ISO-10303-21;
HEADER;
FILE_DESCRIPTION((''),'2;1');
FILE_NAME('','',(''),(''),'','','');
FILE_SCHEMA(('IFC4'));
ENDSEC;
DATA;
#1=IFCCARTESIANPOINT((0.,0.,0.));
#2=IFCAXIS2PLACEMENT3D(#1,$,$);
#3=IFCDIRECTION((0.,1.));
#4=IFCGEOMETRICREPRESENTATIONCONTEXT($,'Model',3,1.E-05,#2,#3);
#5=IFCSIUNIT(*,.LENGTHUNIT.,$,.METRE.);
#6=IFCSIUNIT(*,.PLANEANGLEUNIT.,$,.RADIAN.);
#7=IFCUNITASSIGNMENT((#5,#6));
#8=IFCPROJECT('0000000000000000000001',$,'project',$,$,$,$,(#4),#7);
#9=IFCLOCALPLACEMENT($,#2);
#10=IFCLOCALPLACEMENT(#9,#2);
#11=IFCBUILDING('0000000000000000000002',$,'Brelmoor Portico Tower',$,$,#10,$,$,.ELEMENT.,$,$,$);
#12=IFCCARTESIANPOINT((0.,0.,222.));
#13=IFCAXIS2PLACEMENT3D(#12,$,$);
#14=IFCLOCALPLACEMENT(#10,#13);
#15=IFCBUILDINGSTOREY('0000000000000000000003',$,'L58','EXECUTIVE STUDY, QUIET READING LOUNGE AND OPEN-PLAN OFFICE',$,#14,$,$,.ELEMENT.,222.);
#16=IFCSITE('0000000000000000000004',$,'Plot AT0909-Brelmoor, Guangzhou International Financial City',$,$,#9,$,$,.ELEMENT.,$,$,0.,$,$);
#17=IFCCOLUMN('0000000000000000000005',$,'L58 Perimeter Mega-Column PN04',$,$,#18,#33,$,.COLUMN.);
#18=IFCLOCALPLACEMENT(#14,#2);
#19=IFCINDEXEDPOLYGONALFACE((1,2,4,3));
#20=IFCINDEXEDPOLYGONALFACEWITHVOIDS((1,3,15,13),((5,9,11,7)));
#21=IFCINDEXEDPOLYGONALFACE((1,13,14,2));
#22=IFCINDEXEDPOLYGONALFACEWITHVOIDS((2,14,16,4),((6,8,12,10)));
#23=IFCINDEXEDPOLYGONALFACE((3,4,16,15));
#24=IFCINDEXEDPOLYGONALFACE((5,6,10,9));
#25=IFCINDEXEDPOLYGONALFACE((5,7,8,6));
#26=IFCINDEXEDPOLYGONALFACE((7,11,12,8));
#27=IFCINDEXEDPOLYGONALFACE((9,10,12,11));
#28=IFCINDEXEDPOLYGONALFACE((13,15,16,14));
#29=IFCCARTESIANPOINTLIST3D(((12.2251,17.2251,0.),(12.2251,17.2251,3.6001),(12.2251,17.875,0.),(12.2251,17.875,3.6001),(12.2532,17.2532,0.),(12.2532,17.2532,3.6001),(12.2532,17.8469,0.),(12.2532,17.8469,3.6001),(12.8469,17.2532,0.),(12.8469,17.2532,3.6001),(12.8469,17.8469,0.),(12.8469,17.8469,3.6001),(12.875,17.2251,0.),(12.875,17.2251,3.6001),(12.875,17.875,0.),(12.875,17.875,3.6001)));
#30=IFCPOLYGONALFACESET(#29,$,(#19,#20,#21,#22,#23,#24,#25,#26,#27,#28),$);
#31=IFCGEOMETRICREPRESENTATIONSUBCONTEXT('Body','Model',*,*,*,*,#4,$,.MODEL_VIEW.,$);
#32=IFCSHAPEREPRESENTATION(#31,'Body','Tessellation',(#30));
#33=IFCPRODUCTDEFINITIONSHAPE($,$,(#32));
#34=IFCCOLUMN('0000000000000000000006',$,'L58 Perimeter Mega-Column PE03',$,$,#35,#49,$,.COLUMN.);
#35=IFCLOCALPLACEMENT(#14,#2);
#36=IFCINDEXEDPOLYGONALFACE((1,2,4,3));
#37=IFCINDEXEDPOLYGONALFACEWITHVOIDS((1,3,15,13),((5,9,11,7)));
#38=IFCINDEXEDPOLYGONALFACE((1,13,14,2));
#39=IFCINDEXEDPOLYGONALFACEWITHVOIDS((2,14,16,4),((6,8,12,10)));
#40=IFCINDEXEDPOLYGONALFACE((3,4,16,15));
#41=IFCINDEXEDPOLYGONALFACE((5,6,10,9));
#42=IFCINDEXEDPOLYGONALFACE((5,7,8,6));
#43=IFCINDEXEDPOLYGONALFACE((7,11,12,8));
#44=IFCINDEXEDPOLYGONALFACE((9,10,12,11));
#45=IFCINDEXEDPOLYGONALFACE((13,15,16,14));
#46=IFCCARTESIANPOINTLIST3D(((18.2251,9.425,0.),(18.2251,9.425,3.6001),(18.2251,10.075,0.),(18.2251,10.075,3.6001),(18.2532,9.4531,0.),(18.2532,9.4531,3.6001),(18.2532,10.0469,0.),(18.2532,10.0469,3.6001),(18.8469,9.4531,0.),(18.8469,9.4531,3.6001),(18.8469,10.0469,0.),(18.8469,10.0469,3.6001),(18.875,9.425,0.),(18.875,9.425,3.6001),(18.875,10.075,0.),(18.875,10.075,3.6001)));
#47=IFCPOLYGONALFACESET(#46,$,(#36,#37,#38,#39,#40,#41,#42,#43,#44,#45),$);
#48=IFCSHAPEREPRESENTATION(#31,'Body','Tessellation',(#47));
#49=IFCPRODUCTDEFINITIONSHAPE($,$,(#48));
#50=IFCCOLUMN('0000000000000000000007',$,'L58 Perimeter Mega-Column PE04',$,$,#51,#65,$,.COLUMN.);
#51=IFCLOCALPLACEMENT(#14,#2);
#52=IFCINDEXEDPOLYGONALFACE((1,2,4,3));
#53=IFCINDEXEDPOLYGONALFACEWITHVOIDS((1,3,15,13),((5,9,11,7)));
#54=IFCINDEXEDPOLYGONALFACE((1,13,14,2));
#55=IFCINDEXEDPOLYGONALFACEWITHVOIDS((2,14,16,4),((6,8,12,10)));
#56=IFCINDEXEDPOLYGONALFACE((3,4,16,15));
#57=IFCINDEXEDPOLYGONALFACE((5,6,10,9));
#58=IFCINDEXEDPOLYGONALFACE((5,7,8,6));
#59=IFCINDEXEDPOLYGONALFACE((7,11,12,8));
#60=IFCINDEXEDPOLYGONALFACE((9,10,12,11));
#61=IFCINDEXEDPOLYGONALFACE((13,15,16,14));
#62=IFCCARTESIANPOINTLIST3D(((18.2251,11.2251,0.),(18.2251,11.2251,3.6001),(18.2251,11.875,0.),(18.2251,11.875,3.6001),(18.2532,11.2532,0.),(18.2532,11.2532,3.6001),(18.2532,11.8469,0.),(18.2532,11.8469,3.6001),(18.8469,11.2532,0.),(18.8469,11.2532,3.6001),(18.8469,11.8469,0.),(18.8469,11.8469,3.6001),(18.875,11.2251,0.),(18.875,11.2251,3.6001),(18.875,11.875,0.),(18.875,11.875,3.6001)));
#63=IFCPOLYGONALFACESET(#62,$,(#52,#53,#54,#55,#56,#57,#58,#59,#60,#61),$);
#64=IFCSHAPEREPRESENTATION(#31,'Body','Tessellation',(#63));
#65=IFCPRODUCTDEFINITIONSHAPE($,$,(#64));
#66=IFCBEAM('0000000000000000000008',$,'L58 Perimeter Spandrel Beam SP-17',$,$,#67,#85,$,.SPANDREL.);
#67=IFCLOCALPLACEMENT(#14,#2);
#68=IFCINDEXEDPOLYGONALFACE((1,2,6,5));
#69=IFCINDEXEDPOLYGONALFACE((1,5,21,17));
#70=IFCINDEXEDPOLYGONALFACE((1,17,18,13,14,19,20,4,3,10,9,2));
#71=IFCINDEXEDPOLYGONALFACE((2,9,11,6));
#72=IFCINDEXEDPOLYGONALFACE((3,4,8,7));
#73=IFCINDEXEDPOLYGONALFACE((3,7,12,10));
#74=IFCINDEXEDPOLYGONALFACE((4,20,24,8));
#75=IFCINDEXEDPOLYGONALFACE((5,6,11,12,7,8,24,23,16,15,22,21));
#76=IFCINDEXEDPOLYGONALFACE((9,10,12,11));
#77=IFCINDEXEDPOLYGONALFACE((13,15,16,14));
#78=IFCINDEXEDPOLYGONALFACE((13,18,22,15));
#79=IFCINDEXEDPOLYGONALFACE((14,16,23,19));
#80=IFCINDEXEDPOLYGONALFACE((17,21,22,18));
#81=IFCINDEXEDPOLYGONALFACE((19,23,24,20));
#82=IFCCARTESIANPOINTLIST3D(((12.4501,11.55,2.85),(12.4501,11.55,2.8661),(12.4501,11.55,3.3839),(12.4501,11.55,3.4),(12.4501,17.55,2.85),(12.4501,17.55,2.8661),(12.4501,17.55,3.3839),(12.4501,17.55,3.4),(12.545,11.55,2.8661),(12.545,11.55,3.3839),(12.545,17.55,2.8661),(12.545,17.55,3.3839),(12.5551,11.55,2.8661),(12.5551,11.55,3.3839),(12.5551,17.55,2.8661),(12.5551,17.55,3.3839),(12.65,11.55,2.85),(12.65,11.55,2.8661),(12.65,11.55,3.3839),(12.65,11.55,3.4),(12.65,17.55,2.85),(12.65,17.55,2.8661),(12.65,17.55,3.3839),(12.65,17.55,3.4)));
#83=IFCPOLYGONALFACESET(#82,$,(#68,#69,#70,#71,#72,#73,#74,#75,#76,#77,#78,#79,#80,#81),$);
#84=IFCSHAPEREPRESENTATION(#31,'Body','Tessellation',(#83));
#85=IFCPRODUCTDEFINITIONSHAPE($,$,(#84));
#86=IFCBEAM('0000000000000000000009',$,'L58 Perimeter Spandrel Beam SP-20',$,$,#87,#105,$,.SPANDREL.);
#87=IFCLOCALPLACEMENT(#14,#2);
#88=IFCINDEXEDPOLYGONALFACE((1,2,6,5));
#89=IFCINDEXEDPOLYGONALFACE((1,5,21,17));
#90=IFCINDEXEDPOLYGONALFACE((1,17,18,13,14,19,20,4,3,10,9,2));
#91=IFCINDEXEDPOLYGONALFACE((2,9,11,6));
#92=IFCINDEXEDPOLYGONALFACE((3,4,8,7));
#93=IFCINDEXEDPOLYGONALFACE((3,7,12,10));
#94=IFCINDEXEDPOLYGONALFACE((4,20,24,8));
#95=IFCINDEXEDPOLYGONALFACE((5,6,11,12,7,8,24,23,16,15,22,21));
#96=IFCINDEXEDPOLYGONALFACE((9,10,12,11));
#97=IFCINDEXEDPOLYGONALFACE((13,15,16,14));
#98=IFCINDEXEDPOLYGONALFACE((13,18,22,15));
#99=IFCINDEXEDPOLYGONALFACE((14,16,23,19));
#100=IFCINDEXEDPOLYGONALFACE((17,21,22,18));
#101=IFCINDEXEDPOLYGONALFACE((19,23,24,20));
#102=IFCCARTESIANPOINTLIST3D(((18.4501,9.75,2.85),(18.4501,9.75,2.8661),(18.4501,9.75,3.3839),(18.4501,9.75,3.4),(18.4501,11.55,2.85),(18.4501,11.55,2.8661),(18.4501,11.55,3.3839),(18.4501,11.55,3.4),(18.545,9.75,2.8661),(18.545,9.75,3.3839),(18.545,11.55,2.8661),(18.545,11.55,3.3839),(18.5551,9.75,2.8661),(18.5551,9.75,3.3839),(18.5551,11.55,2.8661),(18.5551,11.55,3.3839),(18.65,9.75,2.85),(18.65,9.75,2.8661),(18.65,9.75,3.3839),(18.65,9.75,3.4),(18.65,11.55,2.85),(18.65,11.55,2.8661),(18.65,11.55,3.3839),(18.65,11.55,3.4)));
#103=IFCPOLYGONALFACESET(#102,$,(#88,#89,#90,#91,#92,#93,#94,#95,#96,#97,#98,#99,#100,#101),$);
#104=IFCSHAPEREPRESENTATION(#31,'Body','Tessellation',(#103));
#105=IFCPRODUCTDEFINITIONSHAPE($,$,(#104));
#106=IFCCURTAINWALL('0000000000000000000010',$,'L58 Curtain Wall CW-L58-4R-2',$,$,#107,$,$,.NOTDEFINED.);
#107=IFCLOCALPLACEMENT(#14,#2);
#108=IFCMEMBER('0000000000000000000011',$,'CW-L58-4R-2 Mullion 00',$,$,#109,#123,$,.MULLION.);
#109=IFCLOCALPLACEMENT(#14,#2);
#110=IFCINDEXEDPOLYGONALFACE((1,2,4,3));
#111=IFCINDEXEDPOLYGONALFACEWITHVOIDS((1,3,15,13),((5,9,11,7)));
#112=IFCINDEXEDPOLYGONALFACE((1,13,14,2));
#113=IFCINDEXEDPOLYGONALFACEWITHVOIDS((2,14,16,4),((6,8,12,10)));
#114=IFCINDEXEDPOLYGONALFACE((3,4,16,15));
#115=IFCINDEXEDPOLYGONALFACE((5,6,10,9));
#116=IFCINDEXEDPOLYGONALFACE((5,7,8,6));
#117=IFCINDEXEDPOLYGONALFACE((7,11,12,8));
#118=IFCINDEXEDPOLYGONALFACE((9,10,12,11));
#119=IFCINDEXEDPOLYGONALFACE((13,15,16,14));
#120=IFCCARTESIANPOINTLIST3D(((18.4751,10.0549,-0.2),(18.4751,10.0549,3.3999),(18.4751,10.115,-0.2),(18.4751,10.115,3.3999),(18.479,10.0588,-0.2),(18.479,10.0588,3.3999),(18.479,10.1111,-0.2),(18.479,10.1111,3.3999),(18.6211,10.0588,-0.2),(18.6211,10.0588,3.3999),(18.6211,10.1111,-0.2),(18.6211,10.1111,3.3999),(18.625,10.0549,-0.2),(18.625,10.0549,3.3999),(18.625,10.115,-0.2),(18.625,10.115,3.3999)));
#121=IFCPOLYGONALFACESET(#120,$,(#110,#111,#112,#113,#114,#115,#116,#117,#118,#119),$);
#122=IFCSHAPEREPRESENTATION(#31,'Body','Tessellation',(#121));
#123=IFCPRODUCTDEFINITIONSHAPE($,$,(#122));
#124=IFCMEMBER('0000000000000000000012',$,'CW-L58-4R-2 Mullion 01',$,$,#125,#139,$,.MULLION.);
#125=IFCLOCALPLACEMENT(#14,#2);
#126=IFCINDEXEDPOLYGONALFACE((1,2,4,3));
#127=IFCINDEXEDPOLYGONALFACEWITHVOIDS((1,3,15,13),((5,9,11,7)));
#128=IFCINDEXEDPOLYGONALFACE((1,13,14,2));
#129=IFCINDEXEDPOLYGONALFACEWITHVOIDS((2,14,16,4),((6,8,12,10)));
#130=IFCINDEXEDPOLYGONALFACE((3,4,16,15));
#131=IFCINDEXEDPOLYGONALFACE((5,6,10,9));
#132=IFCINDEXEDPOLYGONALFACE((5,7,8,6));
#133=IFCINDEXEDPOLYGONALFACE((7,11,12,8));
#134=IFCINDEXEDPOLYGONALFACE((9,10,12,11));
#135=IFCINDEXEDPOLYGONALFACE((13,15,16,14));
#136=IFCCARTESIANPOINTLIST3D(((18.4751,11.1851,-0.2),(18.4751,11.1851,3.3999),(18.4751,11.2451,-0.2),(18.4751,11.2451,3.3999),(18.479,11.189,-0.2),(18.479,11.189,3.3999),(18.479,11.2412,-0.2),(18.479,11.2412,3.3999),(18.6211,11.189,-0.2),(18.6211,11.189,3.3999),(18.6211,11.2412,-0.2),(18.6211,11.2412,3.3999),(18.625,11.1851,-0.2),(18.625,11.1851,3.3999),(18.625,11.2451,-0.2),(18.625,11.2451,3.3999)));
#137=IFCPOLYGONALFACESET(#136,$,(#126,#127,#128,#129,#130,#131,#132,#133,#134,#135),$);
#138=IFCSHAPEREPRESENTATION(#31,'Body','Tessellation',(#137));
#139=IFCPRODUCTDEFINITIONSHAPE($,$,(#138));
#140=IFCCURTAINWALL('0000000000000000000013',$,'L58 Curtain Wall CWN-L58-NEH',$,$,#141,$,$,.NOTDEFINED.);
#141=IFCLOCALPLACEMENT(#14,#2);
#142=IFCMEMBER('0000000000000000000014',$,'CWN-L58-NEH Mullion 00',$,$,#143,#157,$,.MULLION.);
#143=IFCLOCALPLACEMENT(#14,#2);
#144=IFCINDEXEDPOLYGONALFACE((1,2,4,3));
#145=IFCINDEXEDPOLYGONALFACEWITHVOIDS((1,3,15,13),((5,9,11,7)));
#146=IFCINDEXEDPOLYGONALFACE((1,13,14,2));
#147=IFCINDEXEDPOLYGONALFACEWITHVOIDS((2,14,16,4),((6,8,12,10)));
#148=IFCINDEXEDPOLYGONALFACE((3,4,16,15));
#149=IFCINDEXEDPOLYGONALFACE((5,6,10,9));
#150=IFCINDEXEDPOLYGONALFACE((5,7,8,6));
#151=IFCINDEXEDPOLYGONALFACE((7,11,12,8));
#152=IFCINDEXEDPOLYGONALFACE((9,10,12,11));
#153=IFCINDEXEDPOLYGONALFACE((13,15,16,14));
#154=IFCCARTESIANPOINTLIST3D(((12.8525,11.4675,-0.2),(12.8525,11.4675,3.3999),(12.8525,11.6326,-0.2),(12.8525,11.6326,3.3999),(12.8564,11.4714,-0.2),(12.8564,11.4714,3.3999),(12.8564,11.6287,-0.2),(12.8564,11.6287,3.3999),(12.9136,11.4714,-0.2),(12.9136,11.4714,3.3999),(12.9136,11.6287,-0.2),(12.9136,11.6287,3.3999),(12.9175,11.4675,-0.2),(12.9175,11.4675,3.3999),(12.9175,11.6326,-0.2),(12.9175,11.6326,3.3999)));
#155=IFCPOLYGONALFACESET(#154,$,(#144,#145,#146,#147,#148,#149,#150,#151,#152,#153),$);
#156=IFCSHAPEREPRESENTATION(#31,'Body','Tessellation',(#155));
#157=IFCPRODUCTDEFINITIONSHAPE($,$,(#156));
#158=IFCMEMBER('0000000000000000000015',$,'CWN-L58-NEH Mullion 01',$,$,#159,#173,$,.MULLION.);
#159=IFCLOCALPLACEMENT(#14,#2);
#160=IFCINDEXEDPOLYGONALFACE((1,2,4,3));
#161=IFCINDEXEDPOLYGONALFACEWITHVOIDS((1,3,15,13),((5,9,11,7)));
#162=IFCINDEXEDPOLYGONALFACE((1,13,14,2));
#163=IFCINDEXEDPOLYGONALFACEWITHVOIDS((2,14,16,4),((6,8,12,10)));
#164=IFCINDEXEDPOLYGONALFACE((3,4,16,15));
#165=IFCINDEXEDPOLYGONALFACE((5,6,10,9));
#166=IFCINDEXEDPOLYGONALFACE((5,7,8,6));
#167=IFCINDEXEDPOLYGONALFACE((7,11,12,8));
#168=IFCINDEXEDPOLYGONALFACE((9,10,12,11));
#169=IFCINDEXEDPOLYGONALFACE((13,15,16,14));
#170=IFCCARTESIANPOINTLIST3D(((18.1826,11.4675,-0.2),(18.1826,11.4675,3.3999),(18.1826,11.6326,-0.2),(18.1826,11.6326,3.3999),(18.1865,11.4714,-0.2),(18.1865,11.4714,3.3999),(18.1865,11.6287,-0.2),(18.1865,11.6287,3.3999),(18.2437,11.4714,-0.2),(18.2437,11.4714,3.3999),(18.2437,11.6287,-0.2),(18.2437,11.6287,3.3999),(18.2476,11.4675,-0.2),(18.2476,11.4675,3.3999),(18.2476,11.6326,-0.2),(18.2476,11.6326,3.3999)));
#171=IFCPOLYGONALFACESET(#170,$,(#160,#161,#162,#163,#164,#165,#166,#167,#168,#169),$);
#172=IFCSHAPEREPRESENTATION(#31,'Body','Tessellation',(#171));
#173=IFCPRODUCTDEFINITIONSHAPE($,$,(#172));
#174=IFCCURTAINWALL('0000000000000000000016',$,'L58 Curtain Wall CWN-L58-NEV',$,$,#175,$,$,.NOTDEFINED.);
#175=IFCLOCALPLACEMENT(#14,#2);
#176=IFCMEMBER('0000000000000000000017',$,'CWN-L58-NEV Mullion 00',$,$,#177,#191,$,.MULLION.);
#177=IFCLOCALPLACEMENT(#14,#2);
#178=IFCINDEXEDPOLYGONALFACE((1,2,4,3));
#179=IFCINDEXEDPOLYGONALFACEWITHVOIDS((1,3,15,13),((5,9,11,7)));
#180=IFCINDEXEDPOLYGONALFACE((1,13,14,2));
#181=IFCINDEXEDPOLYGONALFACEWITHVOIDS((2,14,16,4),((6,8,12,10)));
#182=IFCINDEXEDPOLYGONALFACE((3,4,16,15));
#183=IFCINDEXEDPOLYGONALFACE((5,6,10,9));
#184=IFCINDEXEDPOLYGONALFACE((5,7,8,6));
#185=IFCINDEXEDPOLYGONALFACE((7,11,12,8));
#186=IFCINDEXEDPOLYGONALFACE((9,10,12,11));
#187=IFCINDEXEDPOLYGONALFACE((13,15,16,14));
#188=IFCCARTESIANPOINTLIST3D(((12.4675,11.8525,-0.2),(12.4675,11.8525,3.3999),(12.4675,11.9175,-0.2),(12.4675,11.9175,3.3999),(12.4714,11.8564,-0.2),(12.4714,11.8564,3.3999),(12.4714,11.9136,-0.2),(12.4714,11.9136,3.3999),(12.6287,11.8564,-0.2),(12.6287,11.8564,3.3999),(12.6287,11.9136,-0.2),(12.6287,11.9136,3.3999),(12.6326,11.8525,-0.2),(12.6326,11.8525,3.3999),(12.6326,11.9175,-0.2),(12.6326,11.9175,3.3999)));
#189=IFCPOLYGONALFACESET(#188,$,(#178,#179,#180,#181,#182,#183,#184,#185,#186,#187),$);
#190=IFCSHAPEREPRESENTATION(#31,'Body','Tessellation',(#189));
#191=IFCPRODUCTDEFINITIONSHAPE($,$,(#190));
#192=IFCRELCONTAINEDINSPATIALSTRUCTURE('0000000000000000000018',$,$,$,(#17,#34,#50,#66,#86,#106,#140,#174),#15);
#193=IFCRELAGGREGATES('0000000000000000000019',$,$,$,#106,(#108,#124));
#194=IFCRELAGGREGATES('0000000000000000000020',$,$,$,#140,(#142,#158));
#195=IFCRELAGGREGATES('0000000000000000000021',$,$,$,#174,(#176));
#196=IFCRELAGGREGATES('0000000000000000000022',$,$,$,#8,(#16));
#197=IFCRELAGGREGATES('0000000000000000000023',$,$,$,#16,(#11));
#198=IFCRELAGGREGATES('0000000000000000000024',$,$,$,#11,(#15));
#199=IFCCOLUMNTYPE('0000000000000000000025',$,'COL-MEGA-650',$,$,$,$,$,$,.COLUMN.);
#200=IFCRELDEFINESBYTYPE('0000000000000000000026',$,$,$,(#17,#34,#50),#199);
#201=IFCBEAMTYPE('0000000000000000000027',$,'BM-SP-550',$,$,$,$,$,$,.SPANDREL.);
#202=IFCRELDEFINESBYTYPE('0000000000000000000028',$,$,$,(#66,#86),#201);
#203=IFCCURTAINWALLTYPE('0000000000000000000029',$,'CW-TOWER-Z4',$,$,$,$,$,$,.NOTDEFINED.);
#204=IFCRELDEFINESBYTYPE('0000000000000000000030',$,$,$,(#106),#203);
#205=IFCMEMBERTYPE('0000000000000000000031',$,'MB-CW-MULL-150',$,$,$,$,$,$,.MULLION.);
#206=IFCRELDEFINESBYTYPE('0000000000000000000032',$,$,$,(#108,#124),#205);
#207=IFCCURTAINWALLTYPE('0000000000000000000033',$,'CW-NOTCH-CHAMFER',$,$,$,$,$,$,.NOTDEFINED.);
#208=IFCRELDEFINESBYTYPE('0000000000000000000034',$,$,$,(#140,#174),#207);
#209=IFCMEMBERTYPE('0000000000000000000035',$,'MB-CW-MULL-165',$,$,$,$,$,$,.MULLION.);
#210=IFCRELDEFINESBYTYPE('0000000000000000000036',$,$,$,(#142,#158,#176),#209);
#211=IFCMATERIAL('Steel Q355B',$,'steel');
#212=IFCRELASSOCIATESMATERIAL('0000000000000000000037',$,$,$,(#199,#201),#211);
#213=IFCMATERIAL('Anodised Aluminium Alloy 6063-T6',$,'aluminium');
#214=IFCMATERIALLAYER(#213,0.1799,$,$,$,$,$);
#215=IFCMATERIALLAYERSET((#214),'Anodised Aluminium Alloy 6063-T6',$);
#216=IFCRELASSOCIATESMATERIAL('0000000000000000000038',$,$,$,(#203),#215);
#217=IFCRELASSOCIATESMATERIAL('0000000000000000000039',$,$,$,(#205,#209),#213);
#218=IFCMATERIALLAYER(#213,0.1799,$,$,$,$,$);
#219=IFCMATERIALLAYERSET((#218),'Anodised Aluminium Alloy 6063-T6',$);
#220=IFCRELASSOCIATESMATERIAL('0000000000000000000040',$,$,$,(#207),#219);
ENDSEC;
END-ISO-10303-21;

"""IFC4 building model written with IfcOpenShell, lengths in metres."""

from ifc_helpers import new_model, si_unit, direction, frame, origin, origin_2d, place, context, subcontext, project, spatial, hollow_rectangle, i_section, extrude, material, layer, layer_set, material_profile, profile_set, type_object, element, aggregate, save


model = new_model("IFC4")

# Units and contexts
model_context = context("Model", 3, precision=1e-05, world=origin(), true_north=direction((0.0, 1.0)))
body_context = subcontext(model_context, "Body", "Model", "MODEL_VIEW")
ifc_project = project(units=[si_unit("LENGTHUNIT", "METRE"), si_unit("PLANEANGLEUNIT", "RADIAN")], contexts=[model_context])

# Site, building, storey
site_placement = place(None, origin())
site = spatial("IfcSite", under=ifc_project, at=site_placement, Name="Plot AT0909-Brelmoor, Guangzhou International Financial City", CompositionType="ELEMENT", RefElevation=0.0)
building_placement = place(site_placement, origin())
building = spatial("IfcBuilding", under=site, at=building_placement, Name="Brelmoor Portico Tower", CompositionType="ELEMENT")
storey_placement = place(building_placement, frame((0.0, 0.0, 222.0)))
storey = spatial("IfcBuildingStorey", under=building, at=storey_placement, Name="L58", Description="EXECUTIVE STUDY, QUIET READING LOUNGE AND OPEN-PLAN OFFICE", CompositionType="ELEMENT", Elevation=222.0)

# Columns
ifc_material_1 = material(Name="Steel Q355B", Category="steel")
ifc_material_profile_1 = material_profile(ifc_material_1, hollow_rectangle(XDim=0.6499, YDim=0.6499, WallThickness=0.0281, at=origin_2d()), Name="BOX 650x650x28")
ifc_profile_set_1 = profile_set([ifc_material_profile_1], Name="Steel Q355B")
column_type = type_object("IfcColumnType", Name="COL-MEGA-650", PredefinedType="COLUMN", material=ifc_profile_set_1)
for number, where, z_axis, x_axis, name in (
    (1, (12.55, 17.55, 0.0), (0.0, 0.0, 1.0), (1.0, 0.0, 0.0), "L58 Perimeter Mega-Column PN04"),
    (2, (18.55, 9.75, 0.0), (0.0, 0.0, 1.0), (0.0, 1.0, 0.0), "L58 Perimeter Mega-Column PE03"),
    (3, (18.55, 11.55, 0.0), (0.0, 0.0, 1.0), (0.0, 1.0, 0.0), "L58 Perimeter Mega-Column PE04"),
):
    element("IfcColumn", number, at=place(storey_placement, frame(where, z_axis=z_axis, x_axis=x_axis)), inside=storey, type_object=column_type, Name=name, PredefinedType="COLUMN", context=body_context, shape_type="SweptSolid", body=[
        extrude(hollow_rectangle(XDim=0.6499, YDim=0.6499, WallThickness=0.0281, at=origin_2d()), origin(), (0.0, 0.0, 1.0), 3.6001),
    ])

# Beams
ifc_material_profile_2 = material_profile(ifc_material_1, i_section(OverallWidth=0.2, OverallDepth=0.55, WebThickness=0.01, FlangeThickness=0.0161, at=origin_2d()), Name="HN 550x200x10x16")
ifc_profile_set_2 = profile_set([ifc_material_profile_2], Name="Steel Q355B")
beam_type = type_object("IfcBeamType", Name="BM-SP-550", PredefinedType="SPANDREL", material=ifc_profile_set_2)
beam_1_placement = place(storey_placement, frame((12.55, 11.55, 3.125), z_axis=(0.0, 1.0, 0.0), x_axis=(-1.0, 0.0, 0.0)))
element("IfcBeam", 4, at=beam_1_placement, inside=storey, type_object=beam_type, Name="L58 Perimeter Spandrel Beam SP-17", PredefinedType="SPANDREL", context=body_context, shape_type="SweptSolid", body=[
    extrude(i_section(OverallWidth=0.2, OverallDepth=0.55, WebThickness=0.01, FlangeThickness=0.0161, at=origin_2d()), origin(), (0.0, 0.0, 1.0), 6.0),
])
beam_2_placement = place(storey_placement, frame((18.55, 9.75, 3.125), z_axis=(0.0, 1.0, 0.0), x_axis=(-1.0, 0.0, 0.0)))
element("IfcBeam", 5, at=beam_2_placement, inside=storey, type_object=beam_type, Name="L58 Perimeter Spandrel Beam SP-20", PredefinedType="SPANDREL", context=body_context, shape_type="SweptSolid", body=[
    extrude(i_section(OverallWidth=0.2, OverallDepth=0.55, WebThickness=0.01, FlangeThickness=0.0161, at=origin_2d()), origin(), (0.0, 0.0, 1.0), 1.8),
])

# Curtain walls, members
ifc_material_2 = material(Name="Anodised Aluminium Alloy 6063-T6", Category="aluminium")
ifc_layer_1 = layer(ifc_material_2, 0.1799)
ifc_layer_set_1 = layer_set([ifc_layer_1], Name="Anodised Aluminium Alloy 6063-T6")
curtain_wall_type_1 = type_object("IfcCurtainWallType", Name="CW-TOWER-Z4", PredefinedType="NOTDEFINED", material=ifc_layer_set_1)
curtain_wall_1_placement = place(storey_placement, origin())
curtain_wall_1 = element("IfcCurtainWall", 6, at=curtain_wall_1_placement, inside=storey, type_object=curtain_wall_type_1, Name="L58 Curtain Wall CW-L58-4R-2", PredefinedType="NOTDEFINED")
ifc_material_profile_3 = material_profile(ifc_material_2, hollow_rectangle(XDim=0.0601, YDim=0.1499, WallThickness=0.0039, at=origin_2d()), Name="ALU MULLION 60x150")
ifc_profile_set_3 = profile_set([ifc_material_profile_3], Name="Anodised Aluminium Alloy 6063-T6")
member_type_1 = type_object("IfcMemberType", Name="MB-CW-MULL-150", PredefinedType="MULLION", material=ifc_profile_set_3)
member_1_placement = place(storey_placement, frame((18.55, 10.085, -0.2), z_axis=(0.0, 0.0, 1.0), x_axis=(0.0, 1.0, 0.0)))
member_1 = element("IfcMember", 7, at=member_1_placement, type_object=member_type_1, Name="CW-L58-4R-2 Mullion 00", PredefinedType="MULLION", context=body_context, shape_type="SweptSolid", body=[
    extrude(hollow_rectangle(XDim=0.0601, YDim=0.1499, WallThickness=0.0039, at=origin_2d()), origin(), (0.0, 0.0, 1.0), 3.5999),
])
member_2_placement = place(storey_placement, frame((18.55, 11.2151, -0.2), z_axis=(0.0, 0.0, 1.0), x_axis=(0.0, 1.0, 0.0)))
member_2 = element("IfcMember", 8, at=member_2_placement, type_object=member_type_1, Name="CW-L58-4R-2 Mullion 01", PredefinedType="MULLION", context=body_context, shape_type="SweptSolid", body=[
    extrude(hollow_rectangle(XDim=0.0601, YDim=0.1499, WallThickness=0.0039, at=origin_2d()), origin(), (0.0, 0.0, 1.0), 3.5999),
])
ifc_layer_2 = layer(ifc_material_2, 0.1799)
ifc_layer_set_2 = layer_set([ifc_layer_2], Name="Anodised Aluminium Alloy 6063-T6")
curtain_wall_type_2 = type_object("IfcCurtainWallType", Name="CW-NOTCH-CHAMFER", PredefinedType="NOTDEFINED", material=ifc_layer_set_2)
curtain_wall_2_placement = place(storey_placement, origin())
curtain_wall_2 = element("IfcCurtainWall", 9, at=curtain_wall_2_placement, inside=storey, type_object=curtain_wall_type_2, Name="L58 Curtain Wall CWN-L58-NEH", PredefinedType="NOTDEFINED")
ifc_material_profile_4 = material_profile(ifc_material_2, hollow_rectangle(XDim=0.0649, YDim=0.165, WallThickness=0.0039, at=origin_2d()), Name="ALU MULLION 65x165")
ifc_profile_set_4 = profile_set([ifc_material_profile_4], Name="Anodised Aluminium Alloy 6063-T6")
member_type_2 = type_object("IfcMemberType", Name="MB-CW-MULL-165", PredefinedType="MULLION", material=ifc_profile_set_4)
member_3_placement = place(storey_placement, frame((12.885, 11.55, -0.2), z_axis=(0.0, 0.0, 1.0), x_axis=(1.0, 0.0, 0.0)))
member_3 = element("IfcMember", 10, at=member_3_placement, type_object=member_type_2, Name="CWN-L58-NEH Mullion 00", PredefinedType="MULLION", context=body_context, shape_type="SweptSolid", body=[
    extrude(hollow_rectangle(XDim=0.0649, YDim=0.165, WallThickness=0.0039, at=origin_2d()), origin(), (0.0, 0.0, 1.0), 3.5999),
])
member_4_placement = place(storey_placement, frame((18.2151, 11.55, -0.2), z_axis=(0.0, 0.0, 1.0), x_axis=(1.0, 0.0, 0.0)))
member_4 = element("IfcMember", 11, at=member_4_placement, type_object=member_type_2, Name="CWN-L58-NEH Mullion 01", PredefinedType="MULLION", context=body_context, shape_type="SweptSolid", body=[
    extrude(hollow_rectangle(XDim=0.0649, YDim=0.165, WallThickness=0.0039, at=origin_2d()), origin(), (0.0, 0.0, 1.0), 3.5999),
])
curtain_wall_3_placement = place(storey_placement, origin())
curtain_wall_3 = element("IfcCurtainWall", 12, at=curtain_wall_3_placement, inside=storey, type_object=curtain_wall_type_2, Name="L58 Curtain Wall CWN-L58-NEV", PredefinedType="NOTDEFINED")
member_5_placement = place(storey_placement, frame((12.55, 11.885, -0.2), z_axis=(0.0, 0.0, 1.0), x_axis=(0.0, 1.0, 0.0)))
member_5 = element("IfcMember", 13, at=member_5_placement, type_object=member_type_2, Name="CWN-L58-NEV Mullion 00", PredefinedType="MULLION", context=body_context, shape_type="SweptSolid", body=[
    extrude(hollow_rectangle(XDim=0.0649, YDim=0.165, WallThickness=0.0039, at=origin_2d()), origin(), (0.0, 0.0, 1.0), 3.5999),
])

aggregate(curtain_wall_1, [member_1, member_2])
aggregate(curtain_wall_2, [member_3, member_4])
aggregate(curtain_wall_3, [member_5])

save(model, "model.ifc")
